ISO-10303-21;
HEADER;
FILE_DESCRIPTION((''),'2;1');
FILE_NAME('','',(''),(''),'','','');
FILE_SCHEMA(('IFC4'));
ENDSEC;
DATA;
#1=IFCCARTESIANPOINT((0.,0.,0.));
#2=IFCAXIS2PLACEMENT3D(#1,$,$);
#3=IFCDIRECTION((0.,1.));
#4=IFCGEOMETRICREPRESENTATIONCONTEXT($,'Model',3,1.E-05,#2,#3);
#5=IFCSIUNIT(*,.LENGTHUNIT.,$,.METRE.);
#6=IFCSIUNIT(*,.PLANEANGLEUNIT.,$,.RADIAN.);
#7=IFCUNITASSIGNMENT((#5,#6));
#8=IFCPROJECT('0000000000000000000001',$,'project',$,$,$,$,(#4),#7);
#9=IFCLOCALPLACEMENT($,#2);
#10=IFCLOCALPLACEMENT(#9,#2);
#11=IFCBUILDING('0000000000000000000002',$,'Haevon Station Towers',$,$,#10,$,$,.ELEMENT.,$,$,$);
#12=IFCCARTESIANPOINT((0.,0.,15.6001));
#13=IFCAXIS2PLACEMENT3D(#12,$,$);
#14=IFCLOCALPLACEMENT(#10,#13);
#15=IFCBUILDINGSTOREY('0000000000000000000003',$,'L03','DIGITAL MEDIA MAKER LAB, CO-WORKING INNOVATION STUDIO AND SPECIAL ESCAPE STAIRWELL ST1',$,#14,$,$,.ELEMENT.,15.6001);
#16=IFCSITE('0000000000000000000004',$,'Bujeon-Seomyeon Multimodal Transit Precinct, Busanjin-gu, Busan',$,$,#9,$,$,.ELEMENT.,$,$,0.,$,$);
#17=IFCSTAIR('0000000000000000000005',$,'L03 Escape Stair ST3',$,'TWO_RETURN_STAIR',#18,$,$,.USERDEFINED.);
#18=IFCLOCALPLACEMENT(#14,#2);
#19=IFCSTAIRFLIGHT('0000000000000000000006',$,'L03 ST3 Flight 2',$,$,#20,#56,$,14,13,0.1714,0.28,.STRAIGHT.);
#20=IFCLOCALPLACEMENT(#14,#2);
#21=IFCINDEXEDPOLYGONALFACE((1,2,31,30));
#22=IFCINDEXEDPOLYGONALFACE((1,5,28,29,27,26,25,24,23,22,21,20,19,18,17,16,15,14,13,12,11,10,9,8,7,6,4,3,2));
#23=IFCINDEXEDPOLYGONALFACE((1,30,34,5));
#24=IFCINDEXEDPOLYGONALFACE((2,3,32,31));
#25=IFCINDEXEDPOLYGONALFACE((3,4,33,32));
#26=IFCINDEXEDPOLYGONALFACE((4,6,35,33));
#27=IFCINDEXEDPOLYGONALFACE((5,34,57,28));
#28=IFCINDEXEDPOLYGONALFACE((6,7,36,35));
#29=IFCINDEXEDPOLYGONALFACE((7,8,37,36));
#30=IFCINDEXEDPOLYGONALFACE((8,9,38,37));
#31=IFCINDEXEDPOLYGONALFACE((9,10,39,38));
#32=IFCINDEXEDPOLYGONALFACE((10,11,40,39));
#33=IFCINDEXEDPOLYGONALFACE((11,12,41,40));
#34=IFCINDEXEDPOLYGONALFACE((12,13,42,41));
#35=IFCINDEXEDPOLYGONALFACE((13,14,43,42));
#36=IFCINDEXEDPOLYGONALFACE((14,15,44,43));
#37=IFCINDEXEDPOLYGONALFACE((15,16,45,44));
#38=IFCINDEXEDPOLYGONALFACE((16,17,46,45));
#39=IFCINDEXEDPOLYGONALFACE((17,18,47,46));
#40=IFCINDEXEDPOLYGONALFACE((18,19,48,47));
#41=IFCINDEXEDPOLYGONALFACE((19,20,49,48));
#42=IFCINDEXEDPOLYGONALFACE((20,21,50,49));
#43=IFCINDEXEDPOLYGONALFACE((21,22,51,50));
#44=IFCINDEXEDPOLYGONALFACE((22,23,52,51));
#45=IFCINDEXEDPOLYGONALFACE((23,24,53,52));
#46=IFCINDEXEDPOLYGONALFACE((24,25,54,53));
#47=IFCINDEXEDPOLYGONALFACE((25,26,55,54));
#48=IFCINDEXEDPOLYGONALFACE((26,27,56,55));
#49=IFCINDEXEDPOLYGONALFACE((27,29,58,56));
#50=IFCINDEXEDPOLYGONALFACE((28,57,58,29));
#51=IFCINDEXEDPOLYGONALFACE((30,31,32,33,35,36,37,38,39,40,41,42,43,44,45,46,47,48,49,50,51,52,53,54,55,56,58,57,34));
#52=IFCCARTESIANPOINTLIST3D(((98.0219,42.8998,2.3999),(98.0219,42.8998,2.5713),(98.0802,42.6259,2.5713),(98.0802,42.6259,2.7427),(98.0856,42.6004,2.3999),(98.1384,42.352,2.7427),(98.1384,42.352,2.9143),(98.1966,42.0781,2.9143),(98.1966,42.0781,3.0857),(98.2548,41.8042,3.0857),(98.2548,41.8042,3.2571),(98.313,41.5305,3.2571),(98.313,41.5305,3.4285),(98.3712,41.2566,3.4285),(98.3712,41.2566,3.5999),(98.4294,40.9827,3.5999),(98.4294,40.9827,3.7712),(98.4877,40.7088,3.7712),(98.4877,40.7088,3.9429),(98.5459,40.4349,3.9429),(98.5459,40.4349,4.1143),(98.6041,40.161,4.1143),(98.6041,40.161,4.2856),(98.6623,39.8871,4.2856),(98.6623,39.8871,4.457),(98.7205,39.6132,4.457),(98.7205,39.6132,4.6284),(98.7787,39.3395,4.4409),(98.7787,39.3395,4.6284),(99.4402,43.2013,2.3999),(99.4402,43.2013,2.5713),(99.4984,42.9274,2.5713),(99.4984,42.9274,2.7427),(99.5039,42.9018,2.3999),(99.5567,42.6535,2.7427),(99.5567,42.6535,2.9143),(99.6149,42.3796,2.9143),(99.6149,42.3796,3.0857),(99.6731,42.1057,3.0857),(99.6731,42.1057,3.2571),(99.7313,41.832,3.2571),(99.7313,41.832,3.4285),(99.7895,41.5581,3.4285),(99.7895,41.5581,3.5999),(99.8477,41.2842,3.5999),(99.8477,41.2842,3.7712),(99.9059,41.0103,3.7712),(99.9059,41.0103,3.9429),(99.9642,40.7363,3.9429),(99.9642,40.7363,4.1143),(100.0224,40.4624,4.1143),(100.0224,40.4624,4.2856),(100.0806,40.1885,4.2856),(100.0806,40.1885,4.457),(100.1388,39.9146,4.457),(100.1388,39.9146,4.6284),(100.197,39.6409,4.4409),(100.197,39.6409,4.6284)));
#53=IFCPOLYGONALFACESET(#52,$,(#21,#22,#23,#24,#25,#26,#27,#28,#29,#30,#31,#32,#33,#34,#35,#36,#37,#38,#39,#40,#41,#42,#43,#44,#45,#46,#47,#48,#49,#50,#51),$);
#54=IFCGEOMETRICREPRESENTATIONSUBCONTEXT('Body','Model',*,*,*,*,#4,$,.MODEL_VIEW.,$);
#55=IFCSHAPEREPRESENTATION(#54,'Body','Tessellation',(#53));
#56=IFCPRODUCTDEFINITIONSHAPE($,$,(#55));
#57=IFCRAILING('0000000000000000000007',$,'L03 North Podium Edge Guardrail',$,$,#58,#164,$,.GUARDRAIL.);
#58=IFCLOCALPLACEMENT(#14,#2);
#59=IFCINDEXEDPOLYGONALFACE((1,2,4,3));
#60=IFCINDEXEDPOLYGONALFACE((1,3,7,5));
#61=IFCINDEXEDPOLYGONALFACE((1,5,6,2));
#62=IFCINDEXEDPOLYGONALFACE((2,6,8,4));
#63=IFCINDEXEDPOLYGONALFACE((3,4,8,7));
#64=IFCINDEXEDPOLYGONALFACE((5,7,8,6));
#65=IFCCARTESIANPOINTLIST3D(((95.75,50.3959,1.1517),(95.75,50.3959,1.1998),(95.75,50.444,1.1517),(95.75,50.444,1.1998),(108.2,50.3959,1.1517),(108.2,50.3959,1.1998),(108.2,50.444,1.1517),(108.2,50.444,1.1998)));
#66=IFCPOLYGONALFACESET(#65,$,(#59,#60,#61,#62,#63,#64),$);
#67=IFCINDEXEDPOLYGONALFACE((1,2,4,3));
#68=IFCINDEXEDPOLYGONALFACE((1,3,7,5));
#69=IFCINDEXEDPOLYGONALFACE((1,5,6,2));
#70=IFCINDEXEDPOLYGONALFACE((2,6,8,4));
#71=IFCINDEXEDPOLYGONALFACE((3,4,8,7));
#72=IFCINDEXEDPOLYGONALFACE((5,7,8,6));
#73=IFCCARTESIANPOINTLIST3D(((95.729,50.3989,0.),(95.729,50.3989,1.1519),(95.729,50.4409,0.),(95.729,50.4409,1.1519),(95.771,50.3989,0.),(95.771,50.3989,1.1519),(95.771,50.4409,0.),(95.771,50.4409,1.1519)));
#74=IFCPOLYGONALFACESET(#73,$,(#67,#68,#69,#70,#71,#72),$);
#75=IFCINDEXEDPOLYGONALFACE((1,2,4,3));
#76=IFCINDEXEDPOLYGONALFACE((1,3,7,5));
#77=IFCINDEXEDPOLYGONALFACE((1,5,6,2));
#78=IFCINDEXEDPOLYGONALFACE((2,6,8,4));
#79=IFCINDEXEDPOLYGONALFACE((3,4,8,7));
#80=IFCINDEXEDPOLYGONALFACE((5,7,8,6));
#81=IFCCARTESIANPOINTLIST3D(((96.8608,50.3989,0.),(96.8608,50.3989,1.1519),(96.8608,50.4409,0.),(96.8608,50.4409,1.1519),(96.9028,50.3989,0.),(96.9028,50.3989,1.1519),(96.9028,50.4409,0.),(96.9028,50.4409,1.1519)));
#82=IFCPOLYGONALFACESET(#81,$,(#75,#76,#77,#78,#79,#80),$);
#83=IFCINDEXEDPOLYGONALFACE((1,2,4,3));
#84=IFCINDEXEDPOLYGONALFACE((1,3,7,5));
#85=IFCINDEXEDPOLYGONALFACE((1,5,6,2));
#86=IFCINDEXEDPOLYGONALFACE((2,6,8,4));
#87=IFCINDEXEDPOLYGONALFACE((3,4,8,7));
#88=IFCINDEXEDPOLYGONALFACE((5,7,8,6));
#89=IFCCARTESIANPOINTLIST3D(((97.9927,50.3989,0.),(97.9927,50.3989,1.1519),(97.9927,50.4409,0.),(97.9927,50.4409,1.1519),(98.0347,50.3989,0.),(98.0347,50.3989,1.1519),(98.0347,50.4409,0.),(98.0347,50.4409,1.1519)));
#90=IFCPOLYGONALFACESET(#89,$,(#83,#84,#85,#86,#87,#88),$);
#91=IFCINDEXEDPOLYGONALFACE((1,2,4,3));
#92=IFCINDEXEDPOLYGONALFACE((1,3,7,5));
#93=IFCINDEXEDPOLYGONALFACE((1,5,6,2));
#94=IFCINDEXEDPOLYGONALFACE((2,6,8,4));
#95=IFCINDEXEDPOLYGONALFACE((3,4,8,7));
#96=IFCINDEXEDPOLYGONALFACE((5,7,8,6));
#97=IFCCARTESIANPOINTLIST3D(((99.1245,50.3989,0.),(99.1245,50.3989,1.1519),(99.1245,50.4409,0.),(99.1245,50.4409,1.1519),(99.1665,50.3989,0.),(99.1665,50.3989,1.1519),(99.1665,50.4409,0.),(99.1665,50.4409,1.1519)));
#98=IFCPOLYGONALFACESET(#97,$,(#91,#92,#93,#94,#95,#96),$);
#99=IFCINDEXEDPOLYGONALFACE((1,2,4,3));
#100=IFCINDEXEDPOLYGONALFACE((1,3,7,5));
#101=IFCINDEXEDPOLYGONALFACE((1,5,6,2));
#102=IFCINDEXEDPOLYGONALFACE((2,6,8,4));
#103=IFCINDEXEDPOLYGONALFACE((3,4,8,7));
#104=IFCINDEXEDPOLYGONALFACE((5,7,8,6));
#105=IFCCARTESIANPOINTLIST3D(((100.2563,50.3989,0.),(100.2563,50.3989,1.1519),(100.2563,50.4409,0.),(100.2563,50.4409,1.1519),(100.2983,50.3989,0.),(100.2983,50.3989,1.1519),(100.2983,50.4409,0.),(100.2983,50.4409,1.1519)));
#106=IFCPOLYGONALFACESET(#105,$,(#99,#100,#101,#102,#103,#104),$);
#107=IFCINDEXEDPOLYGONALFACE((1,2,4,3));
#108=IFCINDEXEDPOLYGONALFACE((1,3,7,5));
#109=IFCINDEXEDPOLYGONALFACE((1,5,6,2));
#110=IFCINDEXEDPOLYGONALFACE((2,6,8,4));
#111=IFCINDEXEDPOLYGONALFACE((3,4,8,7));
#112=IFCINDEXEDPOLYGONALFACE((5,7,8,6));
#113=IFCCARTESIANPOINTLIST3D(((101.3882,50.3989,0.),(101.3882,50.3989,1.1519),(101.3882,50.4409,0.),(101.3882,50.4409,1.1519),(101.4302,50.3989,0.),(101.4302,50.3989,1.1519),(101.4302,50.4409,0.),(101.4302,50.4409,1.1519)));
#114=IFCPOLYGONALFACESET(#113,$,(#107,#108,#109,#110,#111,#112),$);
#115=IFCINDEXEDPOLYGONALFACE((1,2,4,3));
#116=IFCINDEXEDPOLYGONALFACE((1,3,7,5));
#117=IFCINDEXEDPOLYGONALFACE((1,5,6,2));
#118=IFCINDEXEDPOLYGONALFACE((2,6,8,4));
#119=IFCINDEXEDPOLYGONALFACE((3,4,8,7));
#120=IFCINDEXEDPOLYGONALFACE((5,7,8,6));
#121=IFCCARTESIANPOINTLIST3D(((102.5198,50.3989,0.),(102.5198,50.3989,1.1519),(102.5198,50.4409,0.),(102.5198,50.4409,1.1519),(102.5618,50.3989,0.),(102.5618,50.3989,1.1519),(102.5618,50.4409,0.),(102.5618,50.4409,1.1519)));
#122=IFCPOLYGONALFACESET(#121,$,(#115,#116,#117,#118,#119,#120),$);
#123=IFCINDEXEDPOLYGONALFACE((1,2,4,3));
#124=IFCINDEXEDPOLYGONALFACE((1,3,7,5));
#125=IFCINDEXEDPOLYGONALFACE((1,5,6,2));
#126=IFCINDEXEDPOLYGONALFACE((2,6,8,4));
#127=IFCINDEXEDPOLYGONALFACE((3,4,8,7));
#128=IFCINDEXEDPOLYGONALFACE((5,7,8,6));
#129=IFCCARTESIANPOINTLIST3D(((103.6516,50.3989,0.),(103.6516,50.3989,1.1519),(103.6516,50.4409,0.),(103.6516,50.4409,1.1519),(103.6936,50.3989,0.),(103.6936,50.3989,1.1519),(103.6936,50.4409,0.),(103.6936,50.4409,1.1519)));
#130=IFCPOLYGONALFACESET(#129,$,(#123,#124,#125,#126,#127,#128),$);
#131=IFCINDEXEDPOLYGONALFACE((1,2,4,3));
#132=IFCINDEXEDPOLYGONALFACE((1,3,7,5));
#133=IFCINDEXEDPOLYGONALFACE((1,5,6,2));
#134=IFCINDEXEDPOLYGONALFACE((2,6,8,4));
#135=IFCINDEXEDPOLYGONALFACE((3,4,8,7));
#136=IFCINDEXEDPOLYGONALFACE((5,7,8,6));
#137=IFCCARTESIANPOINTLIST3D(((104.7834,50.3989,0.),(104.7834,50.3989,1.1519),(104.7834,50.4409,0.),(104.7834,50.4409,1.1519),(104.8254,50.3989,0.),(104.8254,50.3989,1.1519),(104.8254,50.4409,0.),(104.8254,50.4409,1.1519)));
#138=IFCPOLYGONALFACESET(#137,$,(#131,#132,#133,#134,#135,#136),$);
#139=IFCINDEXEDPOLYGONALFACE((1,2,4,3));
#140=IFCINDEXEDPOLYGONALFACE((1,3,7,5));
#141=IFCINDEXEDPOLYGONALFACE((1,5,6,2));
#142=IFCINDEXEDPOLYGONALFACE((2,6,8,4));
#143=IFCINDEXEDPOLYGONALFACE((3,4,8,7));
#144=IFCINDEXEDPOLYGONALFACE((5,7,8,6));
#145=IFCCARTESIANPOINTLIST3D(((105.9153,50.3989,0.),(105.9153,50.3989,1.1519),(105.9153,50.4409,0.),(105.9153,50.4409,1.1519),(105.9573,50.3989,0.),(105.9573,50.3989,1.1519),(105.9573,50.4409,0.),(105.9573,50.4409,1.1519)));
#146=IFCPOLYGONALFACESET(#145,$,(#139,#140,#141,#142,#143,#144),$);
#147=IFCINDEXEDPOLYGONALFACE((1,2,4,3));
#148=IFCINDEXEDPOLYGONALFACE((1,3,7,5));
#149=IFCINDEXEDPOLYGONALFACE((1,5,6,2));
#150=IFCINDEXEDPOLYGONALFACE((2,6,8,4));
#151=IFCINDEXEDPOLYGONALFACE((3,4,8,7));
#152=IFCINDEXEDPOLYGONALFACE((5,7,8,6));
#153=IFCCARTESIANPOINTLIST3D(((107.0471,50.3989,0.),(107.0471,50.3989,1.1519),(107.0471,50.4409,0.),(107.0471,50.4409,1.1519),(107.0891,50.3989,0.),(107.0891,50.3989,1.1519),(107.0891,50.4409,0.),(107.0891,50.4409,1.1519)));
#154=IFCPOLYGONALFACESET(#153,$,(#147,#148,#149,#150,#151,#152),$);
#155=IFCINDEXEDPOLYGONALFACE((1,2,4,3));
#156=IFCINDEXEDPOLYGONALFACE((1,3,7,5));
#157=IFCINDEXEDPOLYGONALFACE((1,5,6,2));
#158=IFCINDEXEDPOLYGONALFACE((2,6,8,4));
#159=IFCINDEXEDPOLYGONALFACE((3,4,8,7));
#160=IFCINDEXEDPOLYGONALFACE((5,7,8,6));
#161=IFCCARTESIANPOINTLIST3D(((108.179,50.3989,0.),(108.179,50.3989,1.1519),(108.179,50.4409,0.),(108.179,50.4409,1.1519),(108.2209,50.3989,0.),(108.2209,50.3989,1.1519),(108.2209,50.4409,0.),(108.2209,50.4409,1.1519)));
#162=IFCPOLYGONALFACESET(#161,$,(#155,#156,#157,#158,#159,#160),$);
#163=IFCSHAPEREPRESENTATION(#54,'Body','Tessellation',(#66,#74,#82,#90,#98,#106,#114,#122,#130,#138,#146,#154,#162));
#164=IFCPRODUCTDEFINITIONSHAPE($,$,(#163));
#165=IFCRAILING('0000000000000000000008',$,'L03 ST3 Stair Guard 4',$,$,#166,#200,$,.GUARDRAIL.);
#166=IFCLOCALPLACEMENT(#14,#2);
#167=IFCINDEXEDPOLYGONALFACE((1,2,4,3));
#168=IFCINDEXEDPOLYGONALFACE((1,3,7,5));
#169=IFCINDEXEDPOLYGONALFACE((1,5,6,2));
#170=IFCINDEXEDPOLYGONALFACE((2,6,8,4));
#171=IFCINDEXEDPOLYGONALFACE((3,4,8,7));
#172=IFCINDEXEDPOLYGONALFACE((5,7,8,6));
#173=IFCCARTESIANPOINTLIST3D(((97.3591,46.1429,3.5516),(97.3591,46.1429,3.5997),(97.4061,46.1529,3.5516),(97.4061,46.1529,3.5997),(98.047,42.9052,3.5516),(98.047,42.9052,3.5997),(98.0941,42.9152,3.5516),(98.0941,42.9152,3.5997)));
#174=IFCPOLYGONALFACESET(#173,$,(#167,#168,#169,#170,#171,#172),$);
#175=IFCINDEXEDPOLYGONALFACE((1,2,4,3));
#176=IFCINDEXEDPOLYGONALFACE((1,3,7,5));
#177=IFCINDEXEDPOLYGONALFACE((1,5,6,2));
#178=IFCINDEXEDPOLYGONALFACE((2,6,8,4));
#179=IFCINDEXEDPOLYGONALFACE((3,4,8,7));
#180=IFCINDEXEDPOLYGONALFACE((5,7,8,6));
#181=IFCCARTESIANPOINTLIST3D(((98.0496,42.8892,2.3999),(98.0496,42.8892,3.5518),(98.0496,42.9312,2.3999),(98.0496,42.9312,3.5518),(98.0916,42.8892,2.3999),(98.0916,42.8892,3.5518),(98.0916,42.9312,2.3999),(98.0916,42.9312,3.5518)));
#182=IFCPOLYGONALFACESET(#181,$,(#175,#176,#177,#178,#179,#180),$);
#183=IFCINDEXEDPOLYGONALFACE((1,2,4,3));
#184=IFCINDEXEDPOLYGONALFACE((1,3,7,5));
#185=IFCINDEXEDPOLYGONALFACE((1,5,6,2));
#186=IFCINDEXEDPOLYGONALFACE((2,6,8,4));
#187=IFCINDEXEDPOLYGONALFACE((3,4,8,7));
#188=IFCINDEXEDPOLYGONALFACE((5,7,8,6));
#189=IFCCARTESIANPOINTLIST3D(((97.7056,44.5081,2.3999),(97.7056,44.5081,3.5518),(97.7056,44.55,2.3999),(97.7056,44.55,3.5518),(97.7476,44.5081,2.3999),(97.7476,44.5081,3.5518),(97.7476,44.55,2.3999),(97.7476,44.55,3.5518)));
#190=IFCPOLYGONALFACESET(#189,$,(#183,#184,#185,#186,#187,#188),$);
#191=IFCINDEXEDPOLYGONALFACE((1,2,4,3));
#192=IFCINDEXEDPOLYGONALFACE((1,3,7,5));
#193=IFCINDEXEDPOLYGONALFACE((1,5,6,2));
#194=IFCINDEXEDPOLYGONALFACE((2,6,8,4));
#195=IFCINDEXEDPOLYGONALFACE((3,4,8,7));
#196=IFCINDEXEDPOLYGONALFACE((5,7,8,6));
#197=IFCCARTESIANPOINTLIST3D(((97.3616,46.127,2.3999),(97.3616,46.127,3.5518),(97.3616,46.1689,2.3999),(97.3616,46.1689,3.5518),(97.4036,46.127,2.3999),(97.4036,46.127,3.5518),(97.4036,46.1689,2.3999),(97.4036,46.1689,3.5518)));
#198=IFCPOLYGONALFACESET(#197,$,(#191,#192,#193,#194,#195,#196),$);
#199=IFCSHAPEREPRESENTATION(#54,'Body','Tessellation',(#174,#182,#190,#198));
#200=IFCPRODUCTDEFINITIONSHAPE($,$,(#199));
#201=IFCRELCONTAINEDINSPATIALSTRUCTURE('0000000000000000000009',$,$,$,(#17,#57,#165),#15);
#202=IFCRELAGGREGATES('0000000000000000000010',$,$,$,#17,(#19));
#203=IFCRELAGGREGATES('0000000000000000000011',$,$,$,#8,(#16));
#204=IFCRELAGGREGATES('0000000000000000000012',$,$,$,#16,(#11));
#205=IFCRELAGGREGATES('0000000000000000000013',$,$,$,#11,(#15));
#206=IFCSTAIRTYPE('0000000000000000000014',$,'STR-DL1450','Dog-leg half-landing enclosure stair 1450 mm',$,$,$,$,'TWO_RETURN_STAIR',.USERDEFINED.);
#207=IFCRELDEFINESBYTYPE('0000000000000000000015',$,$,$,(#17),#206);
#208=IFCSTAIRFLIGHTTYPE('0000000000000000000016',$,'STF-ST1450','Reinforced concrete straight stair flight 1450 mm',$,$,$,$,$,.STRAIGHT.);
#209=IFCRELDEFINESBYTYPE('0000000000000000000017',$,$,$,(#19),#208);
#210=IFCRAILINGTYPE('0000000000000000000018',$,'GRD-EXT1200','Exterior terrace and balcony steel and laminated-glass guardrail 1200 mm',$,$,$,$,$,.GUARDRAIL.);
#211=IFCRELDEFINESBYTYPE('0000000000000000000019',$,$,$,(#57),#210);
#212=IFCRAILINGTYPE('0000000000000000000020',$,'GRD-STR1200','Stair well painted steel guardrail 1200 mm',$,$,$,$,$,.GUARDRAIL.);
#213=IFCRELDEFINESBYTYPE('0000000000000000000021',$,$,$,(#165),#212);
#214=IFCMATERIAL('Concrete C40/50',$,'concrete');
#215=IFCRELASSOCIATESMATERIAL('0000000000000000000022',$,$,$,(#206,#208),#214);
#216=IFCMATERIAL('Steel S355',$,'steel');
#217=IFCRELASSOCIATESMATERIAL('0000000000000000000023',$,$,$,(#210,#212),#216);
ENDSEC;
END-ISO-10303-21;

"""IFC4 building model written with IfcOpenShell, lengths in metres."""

from ifc_helpers import new_model, si_unit, direction, frame, origin, origin_2d, place, context, subcontext, project, spatial, polyline, rectangle, outline, extrude, material, type_object, element, aggregate, save


model = new_model("IFC4")

# Units and contexts
model_context = context("Model", 3, precision=1e-05, world=origin(), true_north=direction((0.0, 1.0)))
body_context = subcontext(model_context, "Body", "Model", "MODEL_VIEW")
ifc_project = project(units=[si_unit("LENGTHUNIT", "METRE"), si_unit("PLANEANGLEUNIT", "RADIAN")], contexts=[model_context])

# Site, building, storey
site_placement = place(None, origin())
site = spatial("IfcSite", under=ifc_project, at=site_placement, Name="Bujeon-Seomyeon Multimodal Transit Precinct, Busanjin-gu, Busan", CompositionType="ELEMENT", RefElevation=0.0)
building_placement = place(site_placement, origin())
building = spatial("IfcBuilding", under=site, at=building_placement, Name="Haevon Station Towers", CompositionType="ELEMENT")
storey_placement = place(building_placement, frame((0.0, 0.0, 15.6001)))
storey = spatial("IfcBuildingStorey", under=building, at=storey_placement, Name="L03", Description="DIGITAL MEDIA MAKER LAB, CO-WORKING INNOVATION STUDIO AND SPECIAL ESCAPE STAIRWELL ST1", CompositionType="ELEMENT", Elevation=15.6001)

# Shared definitions
ifc_material_1 = material(Name="Steel S355", Category="steel")

# Stair, stair flight
ifc_material_2 = material(Name="Concrete C40/50", Category="concrete")
stair_type = type_object("IfcStairType", Name="STR-DL1450", Description="Dog-leg half-landing enclosure stair 1450 mm", ElementType="TWO_RETURN_STAIR", PredefinedType="USERDEFINED", material=ifc_material_2)
stair_placement = place(storey_placement, origin())
stair = element("IfcStair", 1, at=stair_placement, inside=storey, type_object=stair_type, Name="L03 Escape Stair ST3", ObjectType="TWO_RETURN_STAIR", PredefinedType="USERDEFINED")
stair_flight_type = type_object("IfcStairFlightType", Name="STF-ST1450", Description="Reinforced concrete straight stair flight 1450 mm", PredefinedType="STRAIGHT", material=ifc_material_2)
stair_flight_placement = place(storey_placement, frame((98.731, 43.0505, 2.3999), z_axis=(0.0, 0.0, 1.0), x_axis=(0.207912, -0.978148, 0.0)))
stair_flight = element("IfcStairFlight", 2, at=stair_flight_placement, type_object=stair_flight_type, Name="L03 ST3 Flight 2", NumberOfRisers=14, NumberOfTreads=13, PredefinedType="STRAIGHT", RiserHeight=0.1714, TreadLength=0.28, context=body_context, shape_type="SweptSolid", body=[
    extrude(outline(polyline([(0.0, 0.0), (0.0, 0.1714), (0.28, 0.1714), (0.28, 0.3428), (0.5601, 0.3428), (0.5601, 0.5144), (0.8401, 0.5144), (0.8401, 0.6858), (1.1201, 0.6858), (1.1201, 0.8572), (1.3999, 0.8572), (1.3999, 1.0286), (1.6799, 1.0286), (1.6799, 1.2), (1.96, 1.2), (1.96, 1.3713), (2.24, 1.3713), (2.24, 1.543), (2.52, 1.543), (2.52, 1.7144), (2.8, 1.7144), (2.8, 1.8857), (3.0801, 1.8857), (3.0801, 2.0571), (3.3601, 2.0571), (3.3601, 2.2285), (3.6399, 2.2285), (3.6399, 2.3999), (3.6399, 2.041), (0.3062, 0.0), (0.0, 0.0)])), frame((0.0, 0.7251, 0.0), z_axis=(0.0, -1.0, 0.0), x_axis=(1.0, 0.0, 0.0)), (0.0, 0.0, 1.0), 1.45),
])
aggregate(stair, [stair_flight])

# Railings
railing_type_1 = type_object("IfcRailingType", Name="GRD-EXT1200", Description="Exterior terrace and balcony steel and laminated-glass guardrail 1200 mm", PredefinedType="GUARDRAIL", material=ifc_material_1)
railing_1_placement = place(storey_placement, frame((95.75, 50.4199, 0.0)))
element("IfcRailing", 3, at=railing_1_placement, inside=storey, type_object=railing_type_1, Name="L03 North Podium Edge Guardrail", PredefinedType="GUARDRAIL", context=body_context, shape_type="SweptSolid", body=[
    extrude(rectangle(XDim=0.0481, YDim=0.0481, at=origin_2d()), frame((0.0, 0.0, 1.1758), z_axis=(1.0, 0.0, 0.0), x_axis=(0.0, 1.0, 0.0)), (0.0, 0.0, 1.0), 12.45),
    extrude(rectangle(XDim=0.042, YDim=0.042, at=origin_2d()), origin(), (0.0, 0.0, 1.0), 1.1519),
    extrude(rectangle(XDim=0.042, YDim=0.042, at=origin_2d()), frame((1.1318, 0.0, 0.0)), (0.0, 0.0, 1.0), 1.1519),
    extrude(rectangle(XDim=0.042, YDim=0.042, at=origin_2d()), frame((2.2637, 0.0, 0.0)), (0.0, 0.0, 1.0), 1.1519),
    extrude(rectangle(XDim=0.042, YDim=0.042, at=origin_2d()), frame((3.3955, 0.0, 0.0)), (0.0, 0.0, 1.0), 1.1519),
    extrude(rectangle(XDim=0.042, YDim=0.042, at=origin_2d()), frame((4.5273, 0.0, 0.0)), (0.0, 0.0, 1.0), 1.1519),
    extrude(rectangle(XDim=0.042, YDim=0.042, at=origin_2d()), frame((5.6592, 0.0, 0.0)), (0.0, 0.0, 1.0), 1.1519),
    extrude(rectangle(XDim=0.042, YDim=0.042, at=origin_2d()), frame((6.7908, 0.0, 0.0)), (0.0, 0.0, 1.0), 1.1519),
    extrude(rectangle(XDim=0.042, YDim=0.042, at=origin_2d()), frame((7.9226, 0.0, 0.0)), (0.0, 0.0, 1.0), 1.1519),
    extrude(rectangle(XDim=0.042, YDim=0.042, at=origin_2d()), frame((9.0544, 0.0, 0.0)), (0.0, 0.0, 1.0), 1.1519),
    extrude(rectangle(XDim=0.042, YDim=0.042, at=origin_2d()), frame((10.1863, 0.0, 0.0)), (0.0, 0.0, 1.0), 1.1519),
    extrude(rectangle(XDim=0.042, YDim=0.042, at=origin_2d()), frame((11.3181, 0.0, 0.0)), (0.0, 0.0, 1.0), 1.1519),
    extrude(rectangle(XDim=0.042, YDim=0.042, at=origin_2d()), frame((12.45, 0.0, 0.0)), (0.0, 0.0, 1.0), 1.1519),
])
railing_type_2 = type_object("IfcRailingType", Name="GRD-STR1200", Description="Stair well painted steel guardrail 1200 mm", PredefinedType="GUARDRAIL", material=ifc_material_1)
railing_2_placement = place(storey_placement, frame((98.0706, 42.9102, 2.3999)))
element("IfcRailing", 4, at=railing_2_placement, inside=storey, type_object=railing_type_2, Name="L03 ST3 Stair Guard 4", PredefinedType="GUARDRAIL", context=body_context, shape_type="SweptSolid", body=[
    extrude(rectangle(XDim=0.0481, YDim=0.0481, at=origin_2d()), frame((0.0, 0.0, 1.1758), z_axis=(-0.207846, 0.978161, 0.0), x_axis=(-0.978161, -0.207846, 0.0)), (0.0, 0.0, 1.0), 3.3101),
    extrude(rectangle(XDim=0.042, YDim=0.042, at=origin_2d()), origin(), (0.0, 0.0, 1.0), 1.1519),
    extrude(rectangle(XDim=0.042, YDim=0.042, at=origin_2d()), frame((-0.344, 1.6189, 0.0)), (0.0, 0.0, 1.0), 1.1519),
    extrude(rectangle(XDim=0.042, YDim=0.042, at=origin_2d()), frame((-0.688, 3.2378, 0.0)), (0.0, 0.0, 1.0), 1.1519),
])

save(model, "model.ifc")
